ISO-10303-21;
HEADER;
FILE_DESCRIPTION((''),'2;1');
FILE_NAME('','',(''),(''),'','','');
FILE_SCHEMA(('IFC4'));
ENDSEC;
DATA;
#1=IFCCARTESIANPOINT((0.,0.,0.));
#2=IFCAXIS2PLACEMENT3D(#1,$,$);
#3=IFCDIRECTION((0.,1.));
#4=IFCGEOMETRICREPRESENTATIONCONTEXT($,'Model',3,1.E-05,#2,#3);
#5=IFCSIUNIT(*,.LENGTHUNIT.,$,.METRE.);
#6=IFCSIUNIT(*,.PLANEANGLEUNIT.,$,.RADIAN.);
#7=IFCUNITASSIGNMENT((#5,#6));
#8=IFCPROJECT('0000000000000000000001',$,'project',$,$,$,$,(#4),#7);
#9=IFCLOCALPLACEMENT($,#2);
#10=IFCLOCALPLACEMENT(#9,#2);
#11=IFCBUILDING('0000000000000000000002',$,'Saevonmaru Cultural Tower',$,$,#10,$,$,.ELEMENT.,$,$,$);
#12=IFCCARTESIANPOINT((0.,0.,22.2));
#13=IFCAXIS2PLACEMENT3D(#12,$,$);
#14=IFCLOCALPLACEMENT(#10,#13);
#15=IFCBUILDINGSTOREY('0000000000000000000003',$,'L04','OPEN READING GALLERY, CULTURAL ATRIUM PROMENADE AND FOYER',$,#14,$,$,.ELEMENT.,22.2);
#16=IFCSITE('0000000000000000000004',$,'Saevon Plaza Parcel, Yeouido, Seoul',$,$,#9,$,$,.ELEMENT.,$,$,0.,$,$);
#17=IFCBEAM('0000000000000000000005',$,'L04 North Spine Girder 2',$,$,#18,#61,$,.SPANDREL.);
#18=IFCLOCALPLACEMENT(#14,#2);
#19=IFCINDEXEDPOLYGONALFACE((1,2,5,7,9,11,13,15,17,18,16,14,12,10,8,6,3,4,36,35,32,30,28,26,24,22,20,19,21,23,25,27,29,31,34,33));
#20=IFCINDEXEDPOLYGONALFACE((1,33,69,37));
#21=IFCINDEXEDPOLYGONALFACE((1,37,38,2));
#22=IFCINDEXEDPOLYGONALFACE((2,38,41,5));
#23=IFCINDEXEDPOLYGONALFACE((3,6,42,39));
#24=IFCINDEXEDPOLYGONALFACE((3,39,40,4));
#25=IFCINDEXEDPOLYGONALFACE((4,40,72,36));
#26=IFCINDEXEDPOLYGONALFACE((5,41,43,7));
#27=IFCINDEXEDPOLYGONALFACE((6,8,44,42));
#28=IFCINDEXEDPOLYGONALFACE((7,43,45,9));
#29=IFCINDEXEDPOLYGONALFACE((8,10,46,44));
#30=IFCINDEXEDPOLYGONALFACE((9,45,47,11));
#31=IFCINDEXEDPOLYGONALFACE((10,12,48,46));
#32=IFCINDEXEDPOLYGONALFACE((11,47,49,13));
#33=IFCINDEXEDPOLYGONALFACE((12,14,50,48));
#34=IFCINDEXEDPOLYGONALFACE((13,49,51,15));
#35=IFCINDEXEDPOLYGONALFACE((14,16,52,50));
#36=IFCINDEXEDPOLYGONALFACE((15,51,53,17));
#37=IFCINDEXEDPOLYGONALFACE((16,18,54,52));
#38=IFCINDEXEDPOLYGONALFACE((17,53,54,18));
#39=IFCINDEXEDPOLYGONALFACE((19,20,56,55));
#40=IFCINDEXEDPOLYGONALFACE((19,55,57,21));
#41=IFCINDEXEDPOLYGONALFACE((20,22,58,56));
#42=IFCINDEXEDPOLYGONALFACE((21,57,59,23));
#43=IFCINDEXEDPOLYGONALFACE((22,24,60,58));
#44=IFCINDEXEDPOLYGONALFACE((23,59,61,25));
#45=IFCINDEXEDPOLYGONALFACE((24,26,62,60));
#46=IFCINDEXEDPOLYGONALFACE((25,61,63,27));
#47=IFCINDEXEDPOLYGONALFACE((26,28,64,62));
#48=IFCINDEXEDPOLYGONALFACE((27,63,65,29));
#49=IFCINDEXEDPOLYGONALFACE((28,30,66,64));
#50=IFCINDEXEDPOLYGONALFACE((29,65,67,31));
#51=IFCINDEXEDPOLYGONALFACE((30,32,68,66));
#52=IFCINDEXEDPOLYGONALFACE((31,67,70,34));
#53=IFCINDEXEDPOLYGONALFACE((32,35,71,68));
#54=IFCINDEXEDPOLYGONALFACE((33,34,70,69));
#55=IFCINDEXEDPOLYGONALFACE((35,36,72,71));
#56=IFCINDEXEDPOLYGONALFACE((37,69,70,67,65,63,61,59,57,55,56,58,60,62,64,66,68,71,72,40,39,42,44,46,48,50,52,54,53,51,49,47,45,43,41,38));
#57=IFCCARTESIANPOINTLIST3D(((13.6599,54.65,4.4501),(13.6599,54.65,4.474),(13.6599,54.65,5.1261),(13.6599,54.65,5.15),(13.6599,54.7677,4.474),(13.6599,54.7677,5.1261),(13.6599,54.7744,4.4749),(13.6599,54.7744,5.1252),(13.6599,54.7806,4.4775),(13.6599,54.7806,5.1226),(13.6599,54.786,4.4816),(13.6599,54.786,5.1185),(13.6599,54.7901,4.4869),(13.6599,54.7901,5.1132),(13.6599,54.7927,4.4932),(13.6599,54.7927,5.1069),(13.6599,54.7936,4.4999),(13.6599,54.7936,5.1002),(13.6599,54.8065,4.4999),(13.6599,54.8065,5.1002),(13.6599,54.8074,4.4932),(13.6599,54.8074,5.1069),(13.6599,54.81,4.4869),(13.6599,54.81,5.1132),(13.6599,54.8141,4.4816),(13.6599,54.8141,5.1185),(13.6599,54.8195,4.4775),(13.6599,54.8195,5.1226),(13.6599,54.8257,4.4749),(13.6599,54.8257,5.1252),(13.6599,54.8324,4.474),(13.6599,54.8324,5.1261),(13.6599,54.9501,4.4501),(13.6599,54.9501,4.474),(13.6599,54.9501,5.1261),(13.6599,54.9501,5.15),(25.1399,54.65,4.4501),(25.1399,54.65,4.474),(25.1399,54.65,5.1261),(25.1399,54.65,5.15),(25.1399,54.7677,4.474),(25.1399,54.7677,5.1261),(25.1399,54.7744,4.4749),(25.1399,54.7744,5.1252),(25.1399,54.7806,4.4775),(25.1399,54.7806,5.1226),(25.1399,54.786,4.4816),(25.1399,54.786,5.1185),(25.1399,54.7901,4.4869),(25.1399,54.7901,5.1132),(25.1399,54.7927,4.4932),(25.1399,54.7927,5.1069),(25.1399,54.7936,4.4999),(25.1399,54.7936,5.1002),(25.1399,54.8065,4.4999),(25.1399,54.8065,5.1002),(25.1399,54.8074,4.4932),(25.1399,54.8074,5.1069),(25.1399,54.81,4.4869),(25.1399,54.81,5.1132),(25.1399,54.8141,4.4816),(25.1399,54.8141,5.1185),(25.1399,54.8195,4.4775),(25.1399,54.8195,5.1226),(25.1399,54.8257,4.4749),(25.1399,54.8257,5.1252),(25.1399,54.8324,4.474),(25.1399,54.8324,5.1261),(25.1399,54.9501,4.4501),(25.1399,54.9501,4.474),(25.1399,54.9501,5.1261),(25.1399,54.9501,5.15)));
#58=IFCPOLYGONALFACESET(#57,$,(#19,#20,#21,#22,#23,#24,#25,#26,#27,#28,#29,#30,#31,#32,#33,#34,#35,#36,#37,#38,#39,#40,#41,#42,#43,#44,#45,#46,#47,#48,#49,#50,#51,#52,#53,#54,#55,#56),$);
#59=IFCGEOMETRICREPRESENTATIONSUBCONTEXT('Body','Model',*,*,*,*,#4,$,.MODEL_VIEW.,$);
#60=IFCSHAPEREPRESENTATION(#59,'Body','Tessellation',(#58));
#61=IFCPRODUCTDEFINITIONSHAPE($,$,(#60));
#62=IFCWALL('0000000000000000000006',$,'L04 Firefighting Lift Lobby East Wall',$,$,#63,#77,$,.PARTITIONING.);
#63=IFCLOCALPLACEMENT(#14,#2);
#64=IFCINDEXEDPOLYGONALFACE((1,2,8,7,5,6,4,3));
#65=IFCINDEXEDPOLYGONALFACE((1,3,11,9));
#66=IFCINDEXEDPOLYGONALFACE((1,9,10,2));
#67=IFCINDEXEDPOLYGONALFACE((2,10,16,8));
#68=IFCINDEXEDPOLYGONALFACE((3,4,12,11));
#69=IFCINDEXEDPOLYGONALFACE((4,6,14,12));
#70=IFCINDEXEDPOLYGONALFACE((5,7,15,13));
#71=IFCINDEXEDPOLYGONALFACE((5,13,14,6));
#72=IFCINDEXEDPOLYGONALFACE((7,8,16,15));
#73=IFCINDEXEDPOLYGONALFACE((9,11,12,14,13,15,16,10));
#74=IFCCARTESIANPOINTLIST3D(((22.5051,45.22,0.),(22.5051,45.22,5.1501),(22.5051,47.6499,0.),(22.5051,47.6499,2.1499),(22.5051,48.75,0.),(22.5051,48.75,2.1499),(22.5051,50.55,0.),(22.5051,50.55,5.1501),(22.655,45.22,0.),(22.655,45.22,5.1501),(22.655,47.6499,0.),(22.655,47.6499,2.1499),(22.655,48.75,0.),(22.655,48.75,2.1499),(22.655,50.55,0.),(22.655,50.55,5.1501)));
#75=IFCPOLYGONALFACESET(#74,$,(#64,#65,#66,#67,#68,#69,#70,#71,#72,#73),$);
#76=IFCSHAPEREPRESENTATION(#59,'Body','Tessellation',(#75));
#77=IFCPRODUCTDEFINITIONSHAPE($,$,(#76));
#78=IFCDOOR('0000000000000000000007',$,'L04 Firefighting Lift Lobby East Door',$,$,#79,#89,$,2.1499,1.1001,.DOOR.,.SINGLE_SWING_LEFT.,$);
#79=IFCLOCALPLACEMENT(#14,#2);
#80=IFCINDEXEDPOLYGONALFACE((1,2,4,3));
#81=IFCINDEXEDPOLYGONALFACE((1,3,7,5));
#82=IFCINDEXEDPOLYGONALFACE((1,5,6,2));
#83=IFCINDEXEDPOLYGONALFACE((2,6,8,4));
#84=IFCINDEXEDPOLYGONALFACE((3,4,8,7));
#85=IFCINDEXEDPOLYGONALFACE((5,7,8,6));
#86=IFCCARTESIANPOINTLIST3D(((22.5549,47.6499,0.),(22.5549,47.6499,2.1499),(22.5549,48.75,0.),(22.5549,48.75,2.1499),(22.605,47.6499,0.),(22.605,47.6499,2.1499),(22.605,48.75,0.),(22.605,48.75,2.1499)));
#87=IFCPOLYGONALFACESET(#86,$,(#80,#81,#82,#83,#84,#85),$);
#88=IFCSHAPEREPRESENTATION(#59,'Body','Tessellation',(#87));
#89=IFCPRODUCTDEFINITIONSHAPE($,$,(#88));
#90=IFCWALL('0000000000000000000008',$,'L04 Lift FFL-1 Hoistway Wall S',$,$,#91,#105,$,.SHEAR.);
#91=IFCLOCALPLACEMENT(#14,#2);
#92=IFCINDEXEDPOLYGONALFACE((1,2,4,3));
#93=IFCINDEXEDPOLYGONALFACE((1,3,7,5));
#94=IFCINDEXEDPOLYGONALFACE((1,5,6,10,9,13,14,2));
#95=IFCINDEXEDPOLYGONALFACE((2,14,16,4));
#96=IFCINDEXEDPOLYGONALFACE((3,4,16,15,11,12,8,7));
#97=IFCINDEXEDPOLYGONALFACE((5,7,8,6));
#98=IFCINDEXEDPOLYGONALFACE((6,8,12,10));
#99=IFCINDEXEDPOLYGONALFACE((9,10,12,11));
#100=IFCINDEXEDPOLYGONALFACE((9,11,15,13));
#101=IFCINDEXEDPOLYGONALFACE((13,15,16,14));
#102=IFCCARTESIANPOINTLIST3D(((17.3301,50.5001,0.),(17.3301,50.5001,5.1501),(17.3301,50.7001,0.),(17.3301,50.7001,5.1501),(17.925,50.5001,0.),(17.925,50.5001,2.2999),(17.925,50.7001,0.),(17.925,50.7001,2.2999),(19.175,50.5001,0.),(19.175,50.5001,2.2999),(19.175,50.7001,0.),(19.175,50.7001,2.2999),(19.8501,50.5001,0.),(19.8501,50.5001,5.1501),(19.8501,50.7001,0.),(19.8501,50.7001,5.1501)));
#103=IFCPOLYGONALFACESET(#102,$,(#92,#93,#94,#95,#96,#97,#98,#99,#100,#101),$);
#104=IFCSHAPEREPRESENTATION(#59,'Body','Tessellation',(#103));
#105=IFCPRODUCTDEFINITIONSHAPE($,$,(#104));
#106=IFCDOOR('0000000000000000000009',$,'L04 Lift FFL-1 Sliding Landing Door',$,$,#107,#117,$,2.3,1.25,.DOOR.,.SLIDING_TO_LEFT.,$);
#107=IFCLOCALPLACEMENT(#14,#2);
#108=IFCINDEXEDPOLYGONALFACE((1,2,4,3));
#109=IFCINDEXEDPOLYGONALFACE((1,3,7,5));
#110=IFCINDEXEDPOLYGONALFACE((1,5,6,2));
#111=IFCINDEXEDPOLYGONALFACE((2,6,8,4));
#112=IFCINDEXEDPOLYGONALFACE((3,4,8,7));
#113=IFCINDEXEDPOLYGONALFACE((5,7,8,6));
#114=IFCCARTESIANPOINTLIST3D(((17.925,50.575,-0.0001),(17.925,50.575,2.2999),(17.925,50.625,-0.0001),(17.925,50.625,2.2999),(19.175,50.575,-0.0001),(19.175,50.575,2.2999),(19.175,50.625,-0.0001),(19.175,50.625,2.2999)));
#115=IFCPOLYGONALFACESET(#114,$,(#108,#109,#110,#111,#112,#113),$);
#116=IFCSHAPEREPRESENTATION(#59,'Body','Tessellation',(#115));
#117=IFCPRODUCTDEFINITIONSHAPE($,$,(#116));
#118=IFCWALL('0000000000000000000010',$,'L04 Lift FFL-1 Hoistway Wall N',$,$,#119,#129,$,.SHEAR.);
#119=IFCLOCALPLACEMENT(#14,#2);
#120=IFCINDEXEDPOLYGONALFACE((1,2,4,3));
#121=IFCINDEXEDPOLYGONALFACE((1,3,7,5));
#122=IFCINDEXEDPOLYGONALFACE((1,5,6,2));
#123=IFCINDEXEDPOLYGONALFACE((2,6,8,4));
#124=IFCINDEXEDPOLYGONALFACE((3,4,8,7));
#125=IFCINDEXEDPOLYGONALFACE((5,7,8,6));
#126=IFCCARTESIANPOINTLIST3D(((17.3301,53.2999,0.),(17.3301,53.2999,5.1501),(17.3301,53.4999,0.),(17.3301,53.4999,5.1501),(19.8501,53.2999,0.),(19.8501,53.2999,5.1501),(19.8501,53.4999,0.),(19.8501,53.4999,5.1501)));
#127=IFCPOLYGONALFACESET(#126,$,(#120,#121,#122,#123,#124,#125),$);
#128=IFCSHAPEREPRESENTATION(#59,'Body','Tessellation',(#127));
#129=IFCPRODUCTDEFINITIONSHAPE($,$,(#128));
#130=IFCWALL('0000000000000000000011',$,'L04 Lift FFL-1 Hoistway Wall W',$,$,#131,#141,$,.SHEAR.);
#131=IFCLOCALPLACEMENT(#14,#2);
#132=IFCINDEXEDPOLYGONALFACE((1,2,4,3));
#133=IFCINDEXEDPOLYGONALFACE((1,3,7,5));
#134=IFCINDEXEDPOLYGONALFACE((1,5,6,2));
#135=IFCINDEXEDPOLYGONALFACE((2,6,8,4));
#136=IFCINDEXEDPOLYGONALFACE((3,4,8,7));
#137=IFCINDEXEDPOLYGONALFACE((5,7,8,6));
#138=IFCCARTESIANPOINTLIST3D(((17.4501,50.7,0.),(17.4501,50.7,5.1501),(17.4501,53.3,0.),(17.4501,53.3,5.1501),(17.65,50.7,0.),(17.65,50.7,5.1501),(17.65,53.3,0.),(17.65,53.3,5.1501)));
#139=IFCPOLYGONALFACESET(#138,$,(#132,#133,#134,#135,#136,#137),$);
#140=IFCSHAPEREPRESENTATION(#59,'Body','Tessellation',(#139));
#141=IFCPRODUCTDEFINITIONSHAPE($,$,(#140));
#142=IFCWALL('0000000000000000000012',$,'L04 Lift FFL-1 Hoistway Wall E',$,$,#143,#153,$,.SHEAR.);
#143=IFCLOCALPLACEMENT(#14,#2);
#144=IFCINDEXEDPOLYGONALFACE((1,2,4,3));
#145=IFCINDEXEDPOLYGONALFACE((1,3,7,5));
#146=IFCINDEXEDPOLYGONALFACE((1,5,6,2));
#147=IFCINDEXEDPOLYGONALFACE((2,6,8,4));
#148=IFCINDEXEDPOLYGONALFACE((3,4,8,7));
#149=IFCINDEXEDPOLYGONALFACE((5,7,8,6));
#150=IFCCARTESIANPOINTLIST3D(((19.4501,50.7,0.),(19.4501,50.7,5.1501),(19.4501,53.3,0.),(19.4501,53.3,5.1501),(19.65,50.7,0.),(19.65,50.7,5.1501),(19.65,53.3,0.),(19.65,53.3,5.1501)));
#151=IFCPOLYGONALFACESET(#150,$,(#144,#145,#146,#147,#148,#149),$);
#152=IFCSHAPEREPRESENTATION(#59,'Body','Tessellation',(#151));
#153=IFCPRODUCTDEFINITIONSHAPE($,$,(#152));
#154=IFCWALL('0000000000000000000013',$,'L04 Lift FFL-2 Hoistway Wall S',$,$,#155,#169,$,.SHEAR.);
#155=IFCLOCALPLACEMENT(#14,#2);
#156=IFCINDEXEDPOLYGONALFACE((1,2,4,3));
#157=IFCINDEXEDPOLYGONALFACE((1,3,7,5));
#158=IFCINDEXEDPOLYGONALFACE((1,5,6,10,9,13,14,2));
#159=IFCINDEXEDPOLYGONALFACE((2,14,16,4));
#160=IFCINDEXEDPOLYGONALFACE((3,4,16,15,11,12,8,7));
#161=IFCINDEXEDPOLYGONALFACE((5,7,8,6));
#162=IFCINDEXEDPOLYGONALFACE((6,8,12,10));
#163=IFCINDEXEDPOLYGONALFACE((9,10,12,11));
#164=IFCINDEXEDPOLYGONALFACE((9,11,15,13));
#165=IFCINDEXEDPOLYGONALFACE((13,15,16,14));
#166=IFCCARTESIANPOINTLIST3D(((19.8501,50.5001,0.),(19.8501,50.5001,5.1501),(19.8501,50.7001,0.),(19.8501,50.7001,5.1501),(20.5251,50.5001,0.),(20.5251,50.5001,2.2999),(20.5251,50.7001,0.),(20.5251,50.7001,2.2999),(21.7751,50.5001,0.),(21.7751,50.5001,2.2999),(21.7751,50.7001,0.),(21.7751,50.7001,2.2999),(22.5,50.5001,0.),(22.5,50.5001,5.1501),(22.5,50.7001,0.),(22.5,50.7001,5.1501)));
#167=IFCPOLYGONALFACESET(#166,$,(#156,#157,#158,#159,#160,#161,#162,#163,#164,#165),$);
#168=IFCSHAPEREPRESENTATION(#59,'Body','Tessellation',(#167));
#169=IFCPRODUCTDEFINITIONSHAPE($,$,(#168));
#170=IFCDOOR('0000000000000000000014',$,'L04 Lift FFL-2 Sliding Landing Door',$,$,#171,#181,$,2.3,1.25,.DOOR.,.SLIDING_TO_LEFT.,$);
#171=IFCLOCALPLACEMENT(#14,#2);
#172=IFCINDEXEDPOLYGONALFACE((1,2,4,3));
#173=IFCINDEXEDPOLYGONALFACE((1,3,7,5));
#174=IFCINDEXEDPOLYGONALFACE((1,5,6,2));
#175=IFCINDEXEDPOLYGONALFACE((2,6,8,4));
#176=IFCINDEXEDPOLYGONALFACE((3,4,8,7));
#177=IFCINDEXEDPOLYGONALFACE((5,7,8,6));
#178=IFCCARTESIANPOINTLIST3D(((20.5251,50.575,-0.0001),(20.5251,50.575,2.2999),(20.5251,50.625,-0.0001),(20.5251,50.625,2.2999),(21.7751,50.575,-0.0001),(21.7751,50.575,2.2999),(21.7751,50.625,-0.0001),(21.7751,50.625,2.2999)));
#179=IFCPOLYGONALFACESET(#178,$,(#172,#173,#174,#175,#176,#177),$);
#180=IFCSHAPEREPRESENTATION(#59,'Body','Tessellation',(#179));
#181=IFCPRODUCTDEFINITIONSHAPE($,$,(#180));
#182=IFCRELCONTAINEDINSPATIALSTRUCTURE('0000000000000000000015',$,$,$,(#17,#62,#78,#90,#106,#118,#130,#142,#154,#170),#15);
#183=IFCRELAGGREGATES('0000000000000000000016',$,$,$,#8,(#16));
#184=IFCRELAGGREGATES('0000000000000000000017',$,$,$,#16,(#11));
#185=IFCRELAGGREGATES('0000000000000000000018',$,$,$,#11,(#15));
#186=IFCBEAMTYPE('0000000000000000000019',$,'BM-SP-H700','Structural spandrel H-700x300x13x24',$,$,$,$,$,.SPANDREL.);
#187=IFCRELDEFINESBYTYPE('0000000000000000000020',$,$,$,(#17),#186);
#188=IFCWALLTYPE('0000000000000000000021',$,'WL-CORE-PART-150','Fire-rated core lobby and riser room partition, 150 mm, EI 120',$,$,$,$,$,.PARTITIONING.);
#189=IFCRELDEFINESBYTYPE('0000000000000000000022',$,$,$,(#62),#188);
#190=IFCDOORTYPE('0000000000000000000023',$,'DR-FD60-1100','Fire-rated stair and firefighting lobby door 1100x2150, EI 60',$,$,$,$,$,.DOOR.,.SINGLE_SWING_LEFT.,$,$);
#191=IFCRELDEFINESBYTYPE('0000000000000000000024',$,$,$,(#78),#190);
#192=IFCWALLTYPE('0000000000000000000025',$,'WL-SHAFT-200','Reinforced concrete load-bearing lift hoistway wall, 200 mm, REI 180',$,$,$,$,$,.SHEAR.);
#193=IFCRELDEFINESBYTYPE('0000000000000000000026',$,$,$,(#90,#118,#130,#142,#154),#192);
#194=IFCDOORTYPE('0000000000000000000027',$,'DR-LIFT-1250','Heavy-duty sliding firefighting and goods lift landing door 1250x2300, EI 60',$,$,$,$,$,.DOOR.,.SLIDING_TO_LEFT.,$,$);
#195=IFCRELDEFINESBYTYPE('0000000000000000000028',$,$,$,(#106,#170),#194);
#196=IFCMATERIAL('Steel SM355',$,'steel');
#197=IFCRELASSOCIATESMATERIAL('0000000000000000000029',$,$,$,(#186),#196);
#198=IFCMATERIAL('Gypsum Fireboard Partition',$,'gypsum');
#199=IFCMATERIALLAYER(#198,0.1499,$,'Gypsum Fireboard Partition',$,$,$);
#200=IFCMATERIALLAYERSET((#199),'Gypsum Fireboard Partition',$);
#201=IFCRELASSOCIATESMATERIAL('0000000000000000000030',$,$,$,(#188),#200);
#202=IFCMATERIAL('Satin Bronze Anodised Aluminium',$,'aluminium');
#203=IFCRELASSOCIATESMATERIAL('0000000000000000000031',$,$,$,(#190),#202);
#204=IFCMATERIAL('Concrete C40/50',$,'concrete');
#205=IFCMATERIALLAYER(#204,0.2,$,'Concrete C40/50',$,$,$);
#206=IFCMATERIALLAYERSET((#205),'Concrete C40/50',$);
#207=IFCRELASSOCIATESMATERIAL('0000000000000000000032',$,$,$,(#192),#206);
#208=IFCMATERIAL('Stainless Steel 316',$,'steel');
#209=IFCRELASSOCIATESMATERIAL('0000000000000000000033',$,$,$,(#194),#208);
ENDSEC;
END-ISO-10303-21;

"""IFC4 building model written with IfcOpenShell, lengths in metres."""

from ifc_helpers import new_model, si_unit, direction, frame, frame_2d, origin, origin_2d, place, context, subcontext, project, spatial, rectangle, i_section, extrude, material, layer, layer_set, material_profile, profile_set, type_object, element, fill, save


model = new_model("IFC4")

# Units and contexts
model_context = context("Model", 3, precision=1e-05, world=origin(), true_north=direction((0.0, 1.0)))
body_context = subcontext(model_context, "Body", "Model", "MODEL_VIEW")
ifc_project = project(units=[si_unit("LENGTHUNIT", "METRE"), si_unit("PLANEANGLEUNIT", "RADIAN")], contexts=[model_context])

# Site, building, storey
site_placement = place(None, origin())
site = spatial("IfcSite", under=ifc_project, at=site_placement, Name="Saevon Plaza Parcel, Yeouido, Seoul", CompositionType="ELEMENT", RefElevation=0.0)
building_placement = place(site_placement, origin())
building = spatial("IfcBuilding", under=site, at=building_placement, Name="Saevonmaru Cultural Tower", CompositionType="ELEMENT")
storey_placement = place(building_placement, frame((0.0, 0.0, 22.2)))
storey = spatial("IfcBuildingStorey", under=building, at=storey_placement, Name="L04", Description="OPEN READING GALLERY, CULTURAL ATRIUM PROMENADE AND FOYER", CompositionType="ELEMENT", Elevation=22.2)

# Beam
ifc_material_1 = material(Name="Steel SM355", Category="steel")
ifc_material_profile = material_profile(ifc_material_1, i_section(OverallWidth=0.3, OverallDepth=0.7, WebThickness=0.0129, FlangeThickness=0.0239, FilletRadius=0.0259, at=origin_2d()), Name="H-700x300x13x24")
ifc_profile_set = profile_set([ifc_material_profile], Name="Steel SM355")
beam_type = type_object("IfcBeamType", Name="BM-SP-H700", Description="Structural spandrel H-700x300x13x24", PredefinedType="SPANDREL", material=ifc_profile_set)
beam_placement = place(storey_placement, frame((13.6599, 54.8, 4.8), z_axis=(1.0, 0.0, 0.0), x_axis=(0.0, 1.0, 0.0)))
element("IfcBeam", 1, at=beam_placement, inside=storey, type_object=beam_type, Name="L04 North Spine Girder 2", PredefinedType="SPANDREL", context=body_context, shape_type="SweptSolid", body=[
    extrude(i_section(OverallWidth=0.3, OverallDepth=0.7, WebThickness=0.0129, FlangeThickness=0.0239, FilletRadius=0.0259, at=origin_2d()), origin(), (0.0, 0.0, 1.0), 11.48),
])

# Walls, openings, doors
ifc_material_2 = material(Name="Gypsum Fireboard Partition", Category="gypsum")
ifc_layer_1 = layer(ifc_material_2, 0.1499, Name="Gypsum Fireboard Partition")
ifc_layer_set_1 = layer_set([ifc_layer_1], Name="Gypsum Fireboard Partition")
wall_type_1 = type_object("IfcWallType", Name="WL-CORE-PART-150", Description="Fire-rated core lobby and riser room partition, 150 mm, EI 120", PredefinedType="PARTITIONING", material=ifc_layer_set_1)
wall_1_placement = place(storey_placement, frame((22.5801, 50.55, 0.0), z_axis=(0.0, 0.0, 1.0), x_axis=(0.0, -1.0, 0.0)))
wall_1 = element("IfcWall", 2, at=wall_1_placement, inside=storey, type_object=wall_type_1, Name="L04 Firefighting Lift Lobby East Wall", PredefinedType="PARTITIONING", context=body_context, shape_type="SweptSolid", body=[
    extrude(rectangle(XDim=5.3301, YDim=0.1499, at=frame_2d((2.665, 0.0))), origin(), (0.0, 0.0, 1.0), 5.1501),
])
opening_1_placement = place(wall_1_placement, frame((1.8, 0.0, 0.0)))
opening_1 = element("IfcOpeningElement", 3, at=opening_1_placement, cuts=wall_1, PredefinedType="OPENING", context=body_context, shape_type="SweptSolid", body=[
    extrude(rectangle(XDim=1.1001, YDim=2.1499, at=frame_2d((0.55, 1.075))), frame((0.0, 0.085, 0.0), z_axis=(0.0, -1.0, 0.0), x_axis=(1.0, 0.0, 0.0)), (0.0, 0.0, 1.0), 0.1699),
])
ifc_material_3 = material(Name="Satin Bronze Anodised Aluminium", Category="aluminium")
door_type_1 = type_object("IfcDoorType", Name="DR-FD60-1100", Description="Fire-rated stair and firefighting lobby door 1100x2150, EI 60", OperationType="SINGLE_SWING_LEFT", PredefinedType="DOOR", material=ifc_material_3)
door_1_placement = place(opening_1_placement, origin())
door_1 = element("IfcDoor", 4, at=door_1_placement, inside=storey, type_object=door_type_1, Name="L04 Firefighting Lift Lobby East Door", OperationType="SINGLE_SWING_LEFT", OverallHeight=2.1499, OverallWidth=1.1001, PredefinedType="DOOR", context=body_context, shape_type="SweptSolid", body=[
    extrude(rectangle(XDim=1.1001, YDim=2.1499, at=frame_2d((0.55, 1.075))), frame((0.0, 0.0249, 0.0), z_axis=(0.0, -1.0, 0.0), x_axis=(1.0, 0.0, 0.0)), (0.0, 0.0, 1.0), 0.05),
])
fill(opening_1, door_1)
ifc_material_4 = material(Name="Concrete C40/50", Category="concrete")
ifc_layer_2 = layer(ifc_material_4, 0.2, Name="Concrete C40/50")
ifc_layer_set_2 = layer_set([ifc_layer_2], Name="Concrete C40/50")
wall_type_2 = type_object("IfcWallType", Name="WL-SHAFT-200", Description="Reinforced concrete load-bearing lift hoistway wall, 200 mm, REI 180", PredefinedType="SHEAR", material=ifc_layer_set_2)
wall_2_placement = place(storey_placement, frame((17.3301, 50.6001, 0.0), z_axis=(0.0, 0.0, 1.0), x_axis=(1.0, 0.0, 0.0)))
wall_2 = element("IfcWall", 5, at=wall_2_placement, inside=storey, type_object=wall_type_2, Name="L04 Lift FFL-1 Hoistway Wall S", PredefinedType="SHEAR", context=body_context, shape_type="SweptSolid", body=[
    extrude(rectangle(XDim=2.52, YDim=0.2, at=frame_2d((1.26, 0.0))), origin(), (0.0, 0.0, 1.0), 5.1501),
])
opening_2_placement = place(wall_2_placement, frame((0.595, 0.0, 0.0)))
opening_2 = element("IfcOpeningElement", 6, at=opening_2_placement, cuts=wall_2, PredefinedType="OPENING", context=body_context, shape_type="SweptSolid", body=[
    extrude(rectangle(XDim=1.25, YDim=2.3, at=frame_2d((0.625, 1.1499))), frame((0.0, 0.1099, 0.0), z_axis=(0.0, -1.0, 0.0), x_axis=(1.0, 0.0, 0.0)), (0.0, 0.0, 1.0), 0.22),
])
ifc_material_5 = material(Name="Stainless Steel 316", Category="steel")
door_type_2 = type_object("IfcDoorType", Name="DR-LIFT-1250", Description="Heavy-duty sliding firefighting and goods lift landing door 1250x2300, EI 60", OperationType="SLIDING_TO_LEFT", PredefinedType="DOOR", material=ifc_material_5)
door_2_placement = place(opening_2_placement, origin())
door_2 = element("IfcDoor", 7, at=door_2_placement, inside=storey, type_object=door_type_2, Name="L04 Lift FFL-1 Sliding Landing Door", OperationType="SLIDING_TO_LEFT", OverallHeight=2.3, OverallWidth=1.25, PredefinedType="DOOR", context=body_context, shape_type="SweptSolid", body=[
    extrude(rectangle(XDim=1.25, YDim=2.3, at=frame_2d((0.625, 1.1499))), frame((0.0, 0.0249, 0.0), z_axis=(0.0, -1.0, 0.0), x_axis=(1.0, 0.0, 0.0)), (0.0, 0.0, 1.0), 0.05),
])
fill(opening_2, door_2)

# Walls
wall_3_placement = place(storey_placement, frame((17.3301, 53.3999, 0.0), z_axis=(0.0, 0.0, 1.0), x_axis=(1.0, 0.0, 0.0)))
element("IfcWall", 8, at=wall_3_placement, inside=storey, type_object=wall_type_2, Name="L04 Lift FFL-1 Hoistway Wall N", PredefinedType="SHEAR", context=body_context, shape_type="SweptSolid", body=[
    extrude(rectangle(XDim=2.52, YDim=0.2, at=frame_2d((1.26, 0.0))), origin(), (0.0, 0.0, 1.0), 5.1501),
])
for number, where, z_axis, x_axis, name in (
    (9, (17.55, 50.7, 0.0), (0.0, 0.0, 1.0), (0.0, 1.0, 0.0), "L04 Lift FFL-1 Hoistway Wall W"),
    (10, (19.55, 50.7, 0.0), (0.0, 0.0, 1.0), (0.0, 1.0, 0.0), "L04 Lift FFL-1 Hoistway Wall E"),
):
    element("IfcWall", number, at=place(storey_placement, frame(where, z_axis=z_axis, x_axis=x_axis)), inside=storey, type_object=wall_type_2, Name=name, PredefinedType="SHEAR", context=body_context, shape_type="SweptSolid", body=[
        extrude(rectangle(XDim=2.6001, YDim=0.2, at=frame_2d((1.3, 0.0))), origin(), (0.0, 0.0, 1.0), 5.1501),
    ])

# Wall, opening, door
wall_4_placement = place(storey_placement, frame((19.8501, 50.6001, 0.0), z_axis=(0.0, 0.0, 1.0), x_axis=(1.0, 0.0, 0.0)))
wall_4 = element("IfcWall", 11, at=wall_4_placement, inside=storey, type_object=wall_type_2, Name="L04 Lift FFL-2 Hoistway Wall S", PredefinedType="SHEAR", context=body_context, shape_type="SweptSolid", body=[
    extrude(rectangle(XDim=2.6499, YDim=0.2, at=frame_2d((1.325, 0.0))), origin(), (0.0, 0.0, 1.0), 5.1501),
])
opening_3_placement = place(wall_4_placement, frame((0.675, 0.0, 0.0)))
opening_3 = element("IfcOpeningElement", 12, at=opening_3_placement, cuts=wall_4, PredefinedType="OPENING", context=body_context, shape_type="SweptSolid", body=[
    extrude(rectangle(XDim=1.25, YDim=2.3, at=frame_2d((0.625, 1.1499))), frame((0.0, 0.1099, 0.0), z_axis=(0.0, -1.0, 0.0), x_axis=(1.0, 0.0, 0.0)), (0.0, 0.0, 1.0), 0.22),
])
door_3_placement = place(opening_3_placement, origin())
door_3 = element("IfcDoor", 13, at=door_3_placement, inside=storey, type_object=door_type_2, Name="L04 Lift FFL-2 Sliding Landing Door", OperationType="SLIDING_TO_LEFT", OverallHeight=2.3, OverallWidth=1.25, PredefinedType="DOOR", context=body_context, shape_type="SweptSolid", body=[
    extrude(rectangle(XDim=1.25, YDim=2.3, at=frame_2d((0.625, 1.1499))), frame((0.0, 0.0249, 0.0), z_axis=(0.0, -1.0, 0.0), x_axis=(1.0, 0.0, 0.0)), (0.0, 0.0, 1.0), 0.05),
])
fill(opening_3, door_3)

save(model, "model.ifc")
